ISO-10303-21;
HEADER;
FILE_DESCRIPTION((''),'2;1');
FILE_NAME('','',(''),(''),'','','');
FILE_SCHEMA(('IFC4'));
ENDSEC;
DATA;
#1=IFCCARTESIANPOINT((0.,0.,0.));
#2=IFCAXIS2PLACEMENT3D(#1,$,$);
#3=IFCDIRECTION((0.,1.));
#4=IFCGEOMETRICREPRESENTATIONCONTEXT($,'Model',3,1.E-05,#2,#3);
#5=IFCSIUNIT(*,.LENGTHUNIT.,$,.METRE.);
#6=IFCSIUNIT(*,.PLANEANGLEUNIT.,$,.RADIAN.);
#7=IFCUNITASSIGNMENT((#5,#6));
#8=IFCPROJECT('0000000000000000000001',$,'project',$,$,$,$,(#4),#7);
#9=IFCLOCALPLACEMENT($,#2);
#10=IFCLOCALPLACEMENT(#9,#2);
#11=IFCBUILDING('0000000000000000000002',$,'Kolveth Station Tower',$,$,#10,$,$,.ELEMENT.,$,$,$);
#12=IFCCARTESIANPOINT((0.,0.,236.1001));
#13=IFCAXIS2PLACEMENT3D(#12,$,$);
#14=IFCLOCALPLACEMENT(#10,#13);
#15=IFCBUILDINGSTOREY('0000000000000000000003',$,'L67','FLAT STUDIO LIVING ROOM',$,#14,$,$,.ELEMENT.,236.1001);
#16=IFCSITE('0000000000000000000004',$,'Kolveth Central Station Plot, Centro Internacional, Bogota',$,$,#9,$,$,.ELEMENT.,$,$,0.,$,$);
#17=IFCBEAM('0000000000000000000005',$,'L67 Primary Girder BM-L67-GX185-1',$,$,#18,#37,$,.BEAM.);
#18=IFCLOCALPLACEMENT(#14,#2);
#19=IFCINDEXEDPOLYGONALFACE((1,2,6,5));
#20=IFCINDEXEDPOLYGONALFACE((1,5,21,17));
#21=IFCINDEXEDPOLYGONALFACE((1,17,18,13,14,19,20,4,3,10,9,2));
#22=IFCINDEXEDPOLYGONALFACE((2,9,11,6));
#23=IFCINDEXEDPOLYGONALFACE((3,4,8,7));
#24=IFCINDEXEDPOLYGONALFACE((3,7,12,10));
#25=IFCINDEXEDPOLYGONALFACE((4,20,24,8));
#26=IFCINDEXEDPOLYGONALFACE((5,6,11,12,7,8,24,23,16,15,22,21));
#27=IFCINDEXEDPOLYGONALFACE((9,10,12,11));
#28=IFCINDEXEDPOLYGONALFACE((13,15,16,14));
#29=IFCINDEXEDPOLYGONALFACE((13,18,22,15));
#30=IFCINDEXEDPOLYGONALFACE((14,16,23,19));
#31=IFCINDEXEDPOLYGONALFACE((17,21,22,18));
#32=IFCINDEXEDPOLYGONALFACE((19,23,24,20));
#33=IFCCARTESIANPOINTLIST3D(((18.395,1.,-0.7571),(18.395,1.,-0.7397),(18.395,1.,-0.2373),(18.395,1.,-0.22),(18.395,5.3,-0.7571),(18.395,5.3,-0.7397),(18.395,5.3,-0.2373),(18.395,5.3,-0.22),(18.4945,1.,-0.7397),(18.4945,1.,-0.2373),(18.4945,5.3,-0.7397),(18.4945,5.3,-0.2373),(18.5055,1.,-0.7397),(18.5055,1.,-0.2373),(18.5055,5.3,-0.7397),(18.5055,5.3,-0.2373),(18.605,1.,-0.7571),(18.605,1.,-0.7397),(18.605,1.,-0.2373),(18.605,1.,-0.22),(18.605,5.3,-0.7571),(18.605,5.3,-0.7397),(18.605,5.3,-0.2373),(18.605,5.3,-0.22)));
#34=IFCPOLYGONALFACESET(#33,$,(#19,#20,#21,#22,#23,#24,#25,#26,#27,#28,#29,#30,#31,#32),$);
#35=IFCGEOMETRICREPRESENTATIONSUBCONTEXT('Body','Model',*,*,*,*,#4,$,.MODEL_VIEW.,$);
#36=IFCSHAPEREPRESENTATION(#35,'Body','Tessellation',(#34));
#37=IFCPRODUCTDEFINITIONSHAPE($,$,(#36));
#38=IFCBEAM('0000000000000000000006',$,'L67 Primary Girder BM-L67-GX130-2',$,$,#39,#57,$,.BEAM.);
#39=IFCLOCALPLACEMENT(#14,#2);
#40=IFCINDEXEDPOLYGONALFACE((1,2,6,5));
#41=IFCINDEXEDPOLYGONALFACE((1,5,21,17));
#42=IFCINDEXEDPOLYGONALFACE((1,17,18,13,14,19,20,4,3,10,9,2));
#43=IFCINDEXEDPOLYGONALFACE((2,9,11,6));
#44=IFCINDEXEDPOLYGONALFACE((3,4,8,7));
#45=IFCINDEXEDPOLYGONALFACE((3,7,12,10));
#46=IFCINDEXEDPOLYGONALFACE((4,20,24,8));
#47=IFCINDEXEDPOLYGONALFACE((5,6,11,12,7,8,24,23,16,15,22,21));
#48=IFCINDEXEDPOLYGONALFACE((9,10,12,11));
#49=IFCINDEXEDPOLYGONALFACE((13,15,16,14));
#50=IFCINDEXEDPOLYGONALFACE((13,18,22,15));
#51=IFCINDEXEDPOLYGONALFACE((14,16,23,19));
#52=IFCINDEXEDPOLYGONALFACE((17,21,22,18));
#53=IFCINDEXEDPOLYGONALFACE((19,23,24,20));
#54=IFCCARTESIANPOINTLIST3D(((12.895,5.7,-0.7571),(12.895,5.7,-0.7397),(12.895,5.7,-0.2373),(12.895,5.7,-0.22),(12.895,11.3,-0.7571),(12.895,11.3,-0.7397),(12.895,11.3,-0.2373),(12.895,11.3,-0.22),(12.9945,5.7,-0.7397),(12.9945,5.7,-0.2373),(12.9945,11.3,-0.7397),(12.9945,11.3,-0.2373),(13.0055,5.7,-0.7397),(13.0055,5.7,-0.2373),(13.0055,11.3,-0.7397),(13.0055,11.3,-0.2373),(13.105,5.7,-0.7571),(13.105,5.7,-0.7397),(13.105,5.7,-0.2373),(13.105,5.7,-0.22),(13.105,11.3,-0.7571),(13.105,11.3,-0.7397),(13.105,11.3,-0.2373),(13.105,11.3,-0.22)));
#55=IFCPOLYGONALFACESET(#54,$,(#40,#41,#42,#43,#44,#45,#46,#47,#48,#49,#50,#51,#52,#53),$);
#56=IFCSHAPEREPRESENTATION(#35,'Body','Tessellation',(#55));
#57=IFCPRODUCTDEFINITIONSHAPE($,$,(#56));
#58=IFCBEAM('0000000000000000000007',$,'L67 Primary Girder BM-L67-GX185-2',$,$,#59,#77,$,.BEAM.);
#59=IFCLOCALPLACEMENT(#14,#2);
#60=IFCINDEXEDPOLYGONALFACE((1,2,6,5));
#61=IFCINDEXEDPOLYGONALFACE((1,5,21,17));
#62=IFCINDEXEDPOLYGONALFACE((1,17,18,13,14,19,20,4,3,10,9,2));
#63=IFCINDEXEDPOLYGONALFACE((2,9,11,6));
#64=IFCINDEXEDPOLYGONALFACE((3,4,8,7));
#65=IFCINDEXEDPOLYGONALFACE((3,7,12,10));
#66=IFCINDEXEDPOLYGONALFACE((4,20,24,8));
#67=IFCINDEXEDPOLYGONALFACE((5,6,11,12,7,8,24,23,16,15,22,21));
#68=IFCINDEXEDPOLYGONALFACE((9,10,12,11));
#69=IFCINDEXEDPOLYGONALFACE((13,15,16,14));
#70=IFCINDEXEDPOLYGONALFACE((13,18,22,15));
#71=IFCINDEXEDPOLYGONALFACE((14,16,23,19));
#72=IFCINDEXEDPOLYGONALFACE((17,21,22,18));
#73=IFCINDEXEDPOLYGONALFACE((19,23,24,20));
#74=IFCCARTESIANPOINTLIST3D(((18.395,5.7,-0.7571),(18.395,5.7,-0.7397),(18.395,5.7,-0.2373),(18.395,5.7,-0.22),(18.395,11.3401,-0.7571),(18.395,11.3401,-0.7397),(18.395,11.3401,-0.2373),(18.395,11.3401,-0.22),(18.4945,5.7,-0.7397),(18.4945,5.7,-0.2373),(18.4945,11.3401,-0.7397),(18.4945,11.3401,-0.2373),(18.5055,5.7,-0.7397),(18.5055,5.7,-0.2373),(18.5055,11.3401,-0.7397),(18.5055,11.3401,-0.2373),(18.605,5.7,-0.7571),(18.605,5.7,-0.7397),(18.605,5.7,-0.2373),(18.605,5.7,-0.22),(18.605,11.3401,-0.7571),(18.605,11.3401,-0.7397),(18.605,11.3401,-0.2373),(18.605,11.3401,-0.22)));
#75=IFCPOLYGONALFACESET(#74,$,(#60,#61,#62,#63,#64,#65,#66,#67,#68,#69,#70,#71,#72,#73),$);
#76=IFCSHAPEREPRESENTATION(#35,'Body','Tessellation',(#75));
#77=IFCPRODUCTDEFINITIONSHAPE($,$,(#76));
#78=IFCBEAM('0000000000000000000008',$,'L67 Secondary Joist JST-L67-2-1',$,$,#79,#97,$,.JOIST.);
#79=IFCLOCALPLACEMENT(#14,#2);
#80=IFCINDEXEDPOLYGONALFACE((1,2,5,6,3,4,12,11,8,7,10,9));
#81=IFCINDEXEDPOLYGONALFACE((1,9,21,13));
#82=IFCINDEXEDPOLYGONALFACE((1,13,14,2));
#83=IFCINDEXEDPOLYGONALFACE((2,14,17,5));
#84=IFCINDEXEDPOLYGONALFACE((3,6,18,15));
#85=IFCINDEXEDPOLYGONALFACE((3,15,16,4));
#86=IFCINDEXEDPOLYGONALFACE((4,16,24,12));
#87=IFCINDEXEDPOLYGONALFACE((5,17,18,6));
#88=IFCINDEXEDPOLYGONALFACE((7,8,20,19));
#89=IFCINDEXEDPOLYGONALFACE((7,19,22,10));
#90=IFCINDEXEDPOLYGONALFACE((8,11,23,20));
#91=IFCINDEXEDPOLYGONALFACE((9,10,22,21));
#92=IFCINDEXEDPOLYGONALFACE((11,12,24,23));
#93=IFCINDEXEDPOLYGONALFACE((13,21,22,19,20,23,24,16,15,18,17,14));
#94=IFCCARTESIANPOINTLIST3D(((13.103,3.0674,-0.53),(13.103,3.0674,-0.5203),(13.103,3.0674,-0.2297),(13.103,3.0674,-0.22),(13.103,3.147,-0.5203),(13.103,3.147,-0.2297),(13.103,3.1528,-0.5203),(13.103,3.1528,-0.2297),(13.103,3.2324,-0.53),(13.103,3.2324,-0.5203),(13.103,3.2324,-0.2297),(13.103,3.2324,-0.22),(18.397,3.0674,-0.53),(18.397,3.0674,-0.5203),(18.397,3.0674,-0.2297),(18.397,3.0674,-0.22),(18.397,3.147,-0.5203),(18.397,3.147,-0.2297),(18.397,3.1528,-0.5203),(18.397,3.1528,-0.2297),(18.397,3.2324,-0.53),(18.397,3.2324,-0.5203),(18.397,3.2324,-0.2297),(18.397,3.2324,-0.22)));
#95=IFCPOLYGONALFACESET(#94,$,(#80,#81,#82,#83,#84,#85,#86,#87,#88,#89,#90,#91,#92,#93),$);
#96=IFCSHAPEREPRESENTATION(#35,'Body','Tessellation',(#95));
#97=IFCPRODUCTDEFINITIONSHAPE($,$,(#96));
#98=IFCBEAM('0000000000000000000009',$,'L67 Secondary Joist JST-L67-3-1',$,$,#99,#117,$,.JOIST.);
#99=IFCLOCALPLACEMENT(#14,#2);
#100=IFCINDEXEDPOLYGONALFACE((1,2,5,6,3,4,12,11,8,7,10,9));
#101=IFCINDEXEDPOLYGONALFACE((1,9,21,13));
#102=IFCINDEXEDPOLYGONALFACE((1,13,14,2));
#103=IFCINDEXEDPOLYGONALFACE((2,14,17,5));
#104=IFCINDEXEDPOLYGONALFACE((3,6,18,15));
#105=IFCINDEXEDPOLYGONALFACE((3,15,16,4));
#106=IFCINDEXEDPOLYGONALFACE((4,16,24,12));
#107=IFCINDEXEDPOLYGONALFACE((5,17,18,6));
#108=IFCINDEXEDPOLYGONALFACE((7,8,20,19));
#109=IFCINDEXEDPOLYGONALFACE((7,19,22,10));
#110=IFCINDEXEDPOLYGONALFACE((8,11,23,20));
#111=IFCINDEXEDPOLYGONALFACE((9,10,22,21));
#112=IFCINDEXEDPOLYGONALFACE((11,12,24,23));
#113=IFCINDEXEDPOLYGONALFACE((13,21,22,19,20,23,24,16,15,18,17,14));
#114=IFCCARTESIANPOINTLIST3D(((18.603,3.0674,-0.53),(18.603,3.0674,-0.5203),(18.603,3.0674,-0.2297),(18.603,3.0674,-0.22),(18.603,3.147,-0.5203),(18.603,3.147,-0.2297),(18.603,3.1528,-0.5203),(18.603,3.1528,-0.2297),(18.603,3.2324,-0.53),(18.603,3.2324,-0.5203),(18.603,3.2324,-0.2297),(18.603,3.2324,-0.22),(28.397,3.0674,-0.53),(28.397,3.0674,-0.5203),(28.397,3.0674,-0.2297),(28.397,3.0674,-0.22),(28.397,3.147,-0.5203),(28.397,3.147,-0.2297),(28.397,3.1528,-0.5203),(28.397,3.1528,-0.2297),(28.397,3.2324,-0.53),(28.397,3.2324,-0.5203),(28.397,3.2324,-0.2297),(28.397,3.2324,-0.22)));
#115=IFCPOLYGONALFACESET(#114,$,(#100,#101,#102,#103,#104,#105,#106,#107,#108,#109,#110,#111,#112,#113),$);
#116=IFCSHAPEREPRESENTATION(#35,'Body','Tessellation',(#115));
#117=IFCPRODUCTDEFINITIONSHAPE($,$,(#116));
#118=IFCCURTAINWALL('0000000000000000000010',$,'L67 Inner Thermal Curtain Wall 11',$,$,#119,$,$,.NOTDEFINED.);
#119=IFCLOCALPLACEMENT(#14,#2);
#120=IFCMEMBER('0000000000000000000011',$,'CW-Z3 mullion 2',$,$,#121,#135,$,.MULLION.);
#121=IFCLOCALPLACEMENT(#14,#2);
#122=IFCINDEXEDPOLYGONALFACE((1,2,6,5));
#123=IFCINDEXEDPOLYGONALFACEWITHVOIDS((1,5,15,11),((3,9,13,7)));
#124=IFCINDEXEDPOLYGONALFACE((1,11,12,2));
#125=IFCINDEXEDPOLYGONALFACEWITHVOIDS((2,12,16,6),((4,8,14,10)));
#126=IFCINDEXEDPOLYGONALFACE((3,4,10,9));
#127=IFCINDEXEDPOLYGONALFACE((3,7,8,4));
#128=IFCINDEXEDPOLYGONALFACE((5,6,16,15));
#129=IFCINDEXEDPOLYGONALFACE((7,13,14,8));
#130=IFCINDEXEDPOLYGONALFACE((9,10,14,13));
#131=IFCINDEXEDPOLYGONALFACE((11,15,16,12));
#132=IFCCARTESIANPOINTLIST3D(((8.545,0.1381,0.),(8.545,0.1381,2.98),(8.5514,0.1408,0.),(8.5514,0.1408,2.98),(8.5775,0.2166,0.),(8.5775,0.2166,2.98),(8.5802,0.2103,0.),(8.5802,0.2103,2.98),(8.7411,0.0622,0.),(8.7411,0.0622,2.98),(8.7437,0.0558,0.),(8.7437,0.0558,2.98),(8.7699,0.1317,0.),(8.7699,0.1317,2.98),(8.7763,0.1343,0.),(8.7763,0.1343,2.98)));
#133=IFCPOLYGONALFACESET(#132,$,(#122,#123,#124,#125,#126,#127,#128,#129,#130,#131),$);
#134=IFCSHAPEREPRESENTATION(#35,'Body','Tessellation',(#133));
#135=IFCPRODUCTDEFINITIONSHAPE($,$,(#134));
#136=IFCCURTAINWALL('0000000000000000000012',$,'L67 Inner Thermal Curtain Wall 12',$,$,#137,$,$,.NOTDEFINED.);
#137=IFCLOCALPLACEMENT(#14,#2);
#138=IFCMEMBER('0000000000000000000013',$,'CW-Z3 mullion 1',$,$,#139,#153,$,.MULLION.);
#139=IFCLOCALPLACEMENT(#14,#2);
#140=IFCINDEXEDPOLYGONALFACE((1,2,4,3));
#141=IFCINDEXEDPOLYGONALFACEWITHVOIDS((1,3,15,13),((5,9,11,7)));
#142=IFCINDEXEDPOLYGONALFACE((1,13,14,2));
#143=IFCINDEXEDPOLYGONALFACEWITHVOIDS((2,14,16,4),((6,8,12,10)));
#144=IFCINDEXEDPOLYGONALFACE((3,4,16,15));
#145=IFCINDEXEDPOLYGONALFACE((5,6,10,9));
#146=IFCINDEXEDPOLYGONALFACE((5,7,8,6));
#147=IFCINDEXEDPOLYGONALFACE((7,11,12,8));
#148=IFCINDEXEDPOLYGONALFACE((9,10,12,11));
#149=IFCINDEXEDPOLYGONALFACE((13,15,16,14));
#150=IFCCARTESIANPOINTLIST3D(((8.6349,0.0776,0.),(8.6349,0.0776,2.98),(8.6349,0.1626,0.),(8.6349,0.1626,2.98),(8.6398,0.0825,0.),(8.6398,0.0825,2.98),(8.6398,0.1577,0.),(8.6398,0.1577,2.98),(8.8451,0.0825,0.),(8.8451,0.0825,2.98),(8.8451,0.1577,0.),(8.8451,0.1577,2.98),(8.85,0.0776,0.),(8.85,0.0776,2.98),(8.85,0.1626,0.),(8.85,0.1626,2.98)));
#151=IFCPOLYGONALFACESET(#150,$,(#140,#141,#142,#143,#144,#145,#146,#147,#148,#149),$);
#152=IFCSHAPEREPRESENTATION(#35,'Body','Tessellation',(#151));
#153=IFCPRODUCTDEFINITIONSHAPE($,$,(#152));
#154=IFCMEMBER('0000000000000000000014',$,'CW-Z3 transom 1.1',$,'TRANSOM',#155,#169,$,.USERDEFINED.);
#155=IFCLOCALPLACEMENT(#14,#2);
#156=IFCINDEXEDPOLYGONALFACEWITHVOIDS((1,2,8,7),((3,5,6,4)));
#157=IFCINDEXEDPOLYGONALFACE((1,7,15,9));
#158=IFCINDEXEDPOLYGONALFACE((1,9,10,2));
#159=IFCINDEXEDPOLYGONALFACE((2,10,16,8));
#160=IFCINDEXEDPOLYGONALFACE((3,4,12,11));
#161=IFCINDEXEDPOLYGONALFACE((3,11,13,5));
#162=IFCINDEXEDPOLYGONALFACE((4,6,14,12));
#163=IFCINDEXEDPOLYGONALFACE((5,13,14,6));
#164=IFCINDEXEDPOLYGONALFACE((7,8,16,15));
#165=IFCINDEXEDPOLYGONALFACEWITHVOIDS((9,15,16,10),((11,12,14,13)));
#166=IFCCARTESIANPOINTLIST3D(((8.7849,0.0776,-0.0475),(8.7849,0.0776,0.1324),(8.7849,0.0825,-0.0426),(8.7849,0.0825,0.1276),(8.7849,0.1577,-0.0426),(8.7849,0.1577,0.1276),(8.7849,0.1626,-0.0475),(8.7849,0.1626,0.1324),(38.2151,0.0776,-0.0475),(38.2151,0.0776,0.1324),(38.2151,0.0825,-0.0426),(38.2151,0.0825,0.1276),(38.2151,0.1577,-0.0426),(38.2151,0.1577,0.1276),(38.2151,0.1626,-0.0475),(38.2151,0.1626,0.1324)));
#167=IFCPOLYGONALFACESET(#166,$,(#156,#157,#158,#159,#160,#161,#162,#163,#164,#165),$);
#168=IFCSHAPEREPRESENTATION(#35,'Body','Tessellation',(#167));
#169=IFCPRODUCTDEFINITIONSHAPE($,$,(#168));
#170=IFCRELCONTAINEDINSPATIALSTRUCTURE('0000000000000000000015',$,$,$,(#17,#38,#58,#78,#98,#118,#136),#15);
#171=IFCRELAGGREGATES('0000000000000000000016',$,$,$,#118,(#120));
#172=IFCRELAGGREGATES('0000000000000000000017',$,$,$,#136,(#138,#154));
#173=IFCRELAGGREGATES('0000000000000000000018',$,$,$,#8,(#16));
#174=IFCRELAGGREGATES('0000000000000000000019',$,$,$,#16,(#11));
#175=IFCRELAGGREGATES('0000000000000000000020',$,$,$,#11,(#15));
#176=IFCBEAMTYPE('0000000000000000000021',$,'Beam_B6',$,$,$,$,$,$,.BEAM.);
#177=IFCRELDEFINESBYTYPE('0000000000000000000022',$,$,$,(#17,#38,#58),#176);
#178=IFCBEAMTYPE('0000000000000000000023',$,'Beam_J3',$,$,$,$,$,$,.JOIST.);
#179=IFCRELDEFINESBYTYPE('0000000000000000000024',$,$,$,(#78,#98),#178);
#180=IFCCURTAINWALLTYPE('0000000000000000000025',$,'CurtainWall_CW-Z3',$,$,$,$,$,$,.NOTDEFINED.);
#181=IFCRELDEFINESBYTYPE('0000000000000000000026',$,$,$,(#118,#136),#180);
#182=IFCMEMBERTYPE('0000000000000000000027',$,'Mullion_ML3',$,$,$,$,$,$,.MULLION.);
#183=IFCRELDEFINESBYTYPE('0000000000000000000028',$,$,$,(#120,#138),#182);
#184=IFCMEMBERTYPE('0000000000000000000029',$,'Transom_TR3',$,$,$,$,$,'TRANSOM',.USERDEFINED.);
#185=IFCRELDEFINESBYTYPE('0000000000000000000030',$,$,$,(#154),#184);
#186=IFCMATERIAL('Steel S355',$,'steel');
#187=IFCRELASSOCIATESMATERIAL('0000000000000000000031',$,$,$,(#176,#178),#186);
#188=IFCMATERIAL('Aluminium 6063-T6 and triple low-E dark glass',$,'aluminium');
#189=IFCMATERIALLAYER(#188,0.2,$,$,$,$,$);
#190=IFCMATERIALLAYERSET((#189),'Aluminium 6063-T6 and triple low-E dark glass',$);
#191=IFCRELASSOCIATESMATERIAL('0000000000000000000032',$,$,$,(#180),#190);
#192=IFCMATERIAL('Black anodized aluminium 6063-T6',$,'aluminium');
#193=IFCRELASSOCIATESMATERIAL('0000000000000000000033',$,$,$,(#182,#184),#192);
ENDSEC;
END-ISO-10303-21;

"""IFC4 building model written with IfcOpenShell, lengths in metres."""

from ifc_helpers import new_model, si_unit, direction, frame, origin, origin_2d, place, context, subcontext, project, spatial, hollow_rectangle, i_section, extrude, source, transform, mapped, material, layer, layer_set, material_profile, profile_set, type_object, element, aggregate, save


model = new_model("IFC4")

# Units and contexts
model_context = context("Model", 3, precision=1e-05, world=origin(), true_north=direction((0.0, 1.0)))
body_context = subcontext(model_context, "Body", "Model", "MODEL_VIEW")
ifc_project = project(units=[si_unit("LENGTHUNIT", "METRE"), si_unit("PLANEANGLEUNIT", "RADIAN")], contexts=[model_context])

# Site, building, storey
site_placement = place(None, origin())
site = spatial("IfcSite", under=ifc_project, at=site_placement, Name="Kolveth Central Station Plot, Centro Internacional, Bogota", CompositionType="ELEMENT", RefElevation=0.0)
building_placement = place(site_placement, origin())
building = spatial("IfcBuilding", under=site, at=building_placement, Name="Kolveth Station Tower", CompositionType="ELEMENT")
storey_placement = place(building_placement, frame((0.0, 0.0, 236.1001)))
storey = spatial("IfcBuildingStorey", under=building, at=storey_placement, Name="L67", Description="FLAT STUDIO LIVING ROOM", CompositionType="ELEMENT", Elevation=236.1001)

# Shared definitions
ifc_material_1 = material(Name="Steel S355", Category="steel")

# Beams
ifc_material_profile_1 = material_profile(ifc_material_1, i_section(OverallWidth=0.21, OverallDepth=0.5371, WebThickness=0.011, FlangeThickness=0.0173, at=origin_2d()), Name="W530x101")
ifc_profile_set_1 = profile_set([ifc_material_profile_1], Name="Steel S355")
beam_type_1 = type_object("IfcBeamType", Name="Beam_B6", PredefinedType="BEAM", material=ifc_profile_set_1)
shared_shape_1 = source(origin(), body_context, "Body", "SweptSolid", [
    extrude(i_section(OverallWidth=0.21, OverallDepth=0.5371, WebThickness=0.011, FlangeThickness=0.0173, at=origin_2d()), origin(), (0.0, 0.0, 1.0), 4.3),
])
for number, where, z_axis, x_axis, name in (
    (1, (18.5, 1.0, -0.4885), (0.0, 1.0, 0.0), (-1.0, 0.0, 0.0), "L67 Primary Girder BM-L67-GX185-1"),
):
    element("IfcBeam", number, at=place(storey_placement, frame(where, z_axis=z_axis, x_axis=x_axis)), inside=storey, type_object=beam_type_1, Name=name, PredefinedType="BEAM", context=body_context, shape_type="MappedRepresentation", body=[
        mapped(shared_shape_1, transform((0.0, 0.0, 0.0), x_axis=(1.0, 0.0, 0.0), y_axis=(0.0, 1.0, 0.0), z_axis=(0.0, 0.0, 1.0), scale=1.0)),
    ])
shared_shape_2 = source(origin(), body_context, "Body", "SweptSolid", [
    extrude(i_section(OverallWidth=0.21, OverallDepth=0.5371, WebThickness=0.011, FlangeThickness=0.0173, at=origin_2d()), origin(), (0.0, 0.0, 1.0), 5.6001),
])
beam_1_placement = place(storey_placement, frame((13.0, 5.7, -0.4885), z_axis=(0.0, 1.0, 0.0), x_axis=(-1.0, 0.0, 0.0)))
element("IfcBeam", 2, at=beam_1_placement, inside=storey, type_object=beam_type_1, Name="L67 Primary Girder BM-L67-GX130-2", PredefinedType="BEAM", context=body_context, shape_type="MappedRepresentation", body=[
    mapped(shared_shape_2, transform((0.0, 0.0, 0.0), x_axis=(1.0, 0.0, 0.0), y_axis=(0.0, 1.0, 0.0), z_axis=(0.0, 0.0, 1.0), scale=1.0)),
])
shared_shape_3 = source(origin(), body_context, "Body", "SweptSolid", [
    extrude(i_section(OverallWidth=0.21, OverallDepth=0.5371, WebThickness=0.011, FlangeThickness=0.0173, at=origin_2d()), origin(), (0.0, 0.0, 1.0), 5.6401),
])
beam_2_placement = place(storey_placement, frame((18.5, 5.7, -0.4885), z_axis=(0.0, 1.0, 0.0), x_axis=(-1.0, 0.0, 0.0)))
element("IfcBeam", 3, at=beam_2_placement, inside=storey, type_object=beam_type_1, Name="L67 Primary Girder BM-L67-GX185-2", PredefinedType="BEAM", context=body_context, shape_type="MappedRepresentation", body=[
    mapped(shared_shape_3, transform((0.0, 0.0, 0.0), x_axis=(1.0, 0.0, 0.0), y_axis=(0.0, 1.0, 0.0), z_axis=(0.0, 0.0, 1.0), scale=1.0)),
])
ifc_material_profile_2 = material_profile(ifc_material_1, i_section(OverallWidth=0.165, OverallDepth=0.3101, WebThickness=0.0059, FlangeThickness=0.0098, at=origin_2d()), Name="W310x39")
ifc_profile_set_2 = profile_set([ifc_material_profile_2], Name="Steel S355")
beam_type_2 = type_object("IfcBeamType", Name="Beam_J3", PredefinedType="JOIST", material=ifc_profile_set_2)
shared_shape_4 = source(origin(), body_context, "Body", "SweptSolid", [
    extrude(i_section(OverallWidth=0.165, OverallDepth=0.3101, WebThickness=0.0059, FlangeThickness=0.0098, at=origin_2d()), origin(), (0.0, 0.0, 1.0), 5.2939),
])
beam_3_placement = place(storey_placement, frame((13.103, 3.1499, -0.375), z_axis=(1.0, 0.0, 0.0), x_axis=(0.0, 1.0, 0.0)))
element("IfcBeam", 4, at=beam_3_placement, inside=storey, type_object=beam_type_2, Name="L67 Secondary Joist JST-L67-2-1", PredefinedType="JOIST", context=body_context, shape_type="MappedRepresentation", body=[
    mapped(shared_shape_4, transform((0.0, 0.0, 0.0), x_axis=(1.0, 0.0, 0.0), y_axis=(0.0, 1.0, 0.0), z_axis=(0.0, 0.0, 1.0), scale=1.0)),
])
shared_shape_5 = source(origin(), body_context, "Body", "SweptSolid", [
    extrude(i_section(OverallWidth=0.165, OverallDepth=0.3101, WebThickness=0.0059, FlangeThickness=0.0098, at=origin_2d()), origin(), (0.0, 0.0, 1.0), 9.7939),
])
beam_4_placement = place(storey_placement, frame((18.603, 3.1499, -0.375), z_axis=(1.0, 0.0, 0.0), x_axis=(0.0, 1.0, 0.0)))
element("IfcBeam", 5, at=beam_4_placement, inside=storey, type_object=beam_type_2, Name="L67 Secondary Joist JST-L67-3-1", PredefinedType="JOIST", context=body_context, shape_type="MappedRepresentation", body=[
    mapped(shared_shape_5, transform((0.0, 0.0, 0.0), x_axis=(1.0, 0.0, 0.0), y_axis=(0.0, 1.0, 0.0), z_axis=(0.0, 0.0, 1.0), scale=1.0)),
])

# Curtain wall, member
ifc_material_2 = material(Name="Aluminium 6063-T6 and triple low-E dark glass", Category="aluminium")
ifc_layer_1 = layer(ifc_material_2, 0.2)
ifc_layer_set_1 = layer_set([ifc_layer_1], Name="Aluminium 6063-T6 and triple low-E dark glass")
curtain_wall_type = type_object("IfcCurtainWallType", Name="CurtainWall_CW-Z3", PredefinedType="NOTDEFINED", material=ifc_layer_set_1)
curtain_wall_1_placement = place(storey_placement, origin())
curtain_wall_1 = element("IfcCurtainWall", 6, at=curtain_wall_1_placement, inside=storey, type_object=curtain_wall_type, Name="L67 Inner Thermal Curtain Wall 11", PredefinedType="NOTDEFINED")
ifc_material_3 = material(Name="Black anodized aluminium 6063-T6", Category="aluminium")
ifc_material_profile_3 = material_profile(ifc_material_3, hollow_rectangle(XDim=0.085, YDim=0.2151, WallThickness=0.0049, at=origin_2d()), Name="ALU-85x215x5")
ifc_profile_set_3 = profile_set([ifc_material_profile_3], Name="Black anodized aluminium 6063-T6")
member_type_1 = type_object("IfcMemberType", Name="Mullion_ML3", PredefinedType="MULLION", material=ifc_profile_set_3)
shared_shape_6 = source(origin(), body_context, "Body", "SweptSolid", [
    extrude(hollow_rectangle(XDim=0.085, YDim=0.2151, WallThickness=0.0049, at=origin_2d()), origin(), (0.0, 0.0, 1.0), 2.98),
])
member_1_placement = place(storey_placement, frame((8.6606, 0.1362, 0.0), z_axis=(0.0, 0.0, 1.0), x_axis=(0.382693, 0.923875, 0.0)))
member_1 = element("IfcMember", 7, at=member_1_placement, type_object=member_type_1, Name="CW-Z3 mullion 2", PredefinedType="MULLION", context=body_context, shape_type="MappedRepresentation", body=[
    mapped(shared_shape_6, transform((0.0, 0.0, 0.0), x_axis=(1.0, 0.0, 0.0), y_axis=(0.0, 1.0, 0.0), z_axis=(0.0, 0.0, 1.0), scale=1.0)),
])
aggregate(curtain_wall_1, [member_1])

# Curtain wall, members
curtain_wall_2_placement = place(storey_placement, origin())
curtain_wall_2 = element("IfcCurtainWall", 8, at=curtain_wall_2_placement, inside=storey, type_object=curtain_wall_type, Name="L67 Inner Thermal Curtain Wall 12", PredefinedType="NOTDEFINED")
member_2_placement = place(storey_placement, frame((8.7424, 0.1201, 0.0), z_axis=(0.0, 0.0, 1.0), x_axis=(0.0, 1.0, 0.0)))
member_2 = element("IfcMember", 9, at=member_2_placement, type_object=member_type_1, Name="CW-Z3 mullion 1", PredefinedType="MULLION", context=body_context, shape_type="MappedRepresentation", body=[
    mapped(shared_shape_6, transform((0.0, 0.0, 0.0), x_axis=(1.0, 0.0, 0.0), y_axis=(0.0, 1.0, 0.0), z_axis=(0.0, 0.0, 1.0), scale=1.0)),
])
ifc_material_profile_4 = material_profile(ifc_material_3, hollow_rectangle(XDim=0.085, YDim=0.1799, WallThickness=0.0049, at=origin_2d()), Name="ALU-85x180x5")
ifc_profile_set_4 = profile_set([ifc_material_profile_4], Name="Black anodized aluminium 6063-T6")
member_type_2 = type_object("IfcMemberType", Name="Transom_TR3", ElementType="TRANSOM", PredefinedType="USERDEFINED", material=ifc_profile_set_4)
shared_shape_7 = source(origin(), body_context, "Body", "SweptSolid", [
    extrude(hollow_rectangle(XDim=0.085, YDim=0.1799, WallThickness=0.0049, at=origin_2d()), origin(), (0.0, 0.0, 1.0), 29.4302),
])
member_3_placement = place(storey_placement, frame((8.7849, 0.1201, 0.0425), z_axis=(1.0, 0.0, 0.0), x_axis=(0.0, 1.0, 0.0)))
member_3 = element("IfcMember", 10, at=member_3_placement, type_object=member_type_2, Name="CW-Z3 transom 1.1", ObjectType="TRANSOM", PredefinedType="USERDEFINED", context=body_context, shape_type="MappedRepresentation", body=[
    mapped(shared_shape_7, transform((0.0, 0.0, 0.0), x_axis=(1.0, 0.0, 0.0), y_axis=(0.0, 1.0, 0.0), z_axis=(0.0, 0.0, 1.0), scale=1.0)),
])
aggregate(curtain_wall_2, [member_2, member_3])

save(model, "model.ifc")
